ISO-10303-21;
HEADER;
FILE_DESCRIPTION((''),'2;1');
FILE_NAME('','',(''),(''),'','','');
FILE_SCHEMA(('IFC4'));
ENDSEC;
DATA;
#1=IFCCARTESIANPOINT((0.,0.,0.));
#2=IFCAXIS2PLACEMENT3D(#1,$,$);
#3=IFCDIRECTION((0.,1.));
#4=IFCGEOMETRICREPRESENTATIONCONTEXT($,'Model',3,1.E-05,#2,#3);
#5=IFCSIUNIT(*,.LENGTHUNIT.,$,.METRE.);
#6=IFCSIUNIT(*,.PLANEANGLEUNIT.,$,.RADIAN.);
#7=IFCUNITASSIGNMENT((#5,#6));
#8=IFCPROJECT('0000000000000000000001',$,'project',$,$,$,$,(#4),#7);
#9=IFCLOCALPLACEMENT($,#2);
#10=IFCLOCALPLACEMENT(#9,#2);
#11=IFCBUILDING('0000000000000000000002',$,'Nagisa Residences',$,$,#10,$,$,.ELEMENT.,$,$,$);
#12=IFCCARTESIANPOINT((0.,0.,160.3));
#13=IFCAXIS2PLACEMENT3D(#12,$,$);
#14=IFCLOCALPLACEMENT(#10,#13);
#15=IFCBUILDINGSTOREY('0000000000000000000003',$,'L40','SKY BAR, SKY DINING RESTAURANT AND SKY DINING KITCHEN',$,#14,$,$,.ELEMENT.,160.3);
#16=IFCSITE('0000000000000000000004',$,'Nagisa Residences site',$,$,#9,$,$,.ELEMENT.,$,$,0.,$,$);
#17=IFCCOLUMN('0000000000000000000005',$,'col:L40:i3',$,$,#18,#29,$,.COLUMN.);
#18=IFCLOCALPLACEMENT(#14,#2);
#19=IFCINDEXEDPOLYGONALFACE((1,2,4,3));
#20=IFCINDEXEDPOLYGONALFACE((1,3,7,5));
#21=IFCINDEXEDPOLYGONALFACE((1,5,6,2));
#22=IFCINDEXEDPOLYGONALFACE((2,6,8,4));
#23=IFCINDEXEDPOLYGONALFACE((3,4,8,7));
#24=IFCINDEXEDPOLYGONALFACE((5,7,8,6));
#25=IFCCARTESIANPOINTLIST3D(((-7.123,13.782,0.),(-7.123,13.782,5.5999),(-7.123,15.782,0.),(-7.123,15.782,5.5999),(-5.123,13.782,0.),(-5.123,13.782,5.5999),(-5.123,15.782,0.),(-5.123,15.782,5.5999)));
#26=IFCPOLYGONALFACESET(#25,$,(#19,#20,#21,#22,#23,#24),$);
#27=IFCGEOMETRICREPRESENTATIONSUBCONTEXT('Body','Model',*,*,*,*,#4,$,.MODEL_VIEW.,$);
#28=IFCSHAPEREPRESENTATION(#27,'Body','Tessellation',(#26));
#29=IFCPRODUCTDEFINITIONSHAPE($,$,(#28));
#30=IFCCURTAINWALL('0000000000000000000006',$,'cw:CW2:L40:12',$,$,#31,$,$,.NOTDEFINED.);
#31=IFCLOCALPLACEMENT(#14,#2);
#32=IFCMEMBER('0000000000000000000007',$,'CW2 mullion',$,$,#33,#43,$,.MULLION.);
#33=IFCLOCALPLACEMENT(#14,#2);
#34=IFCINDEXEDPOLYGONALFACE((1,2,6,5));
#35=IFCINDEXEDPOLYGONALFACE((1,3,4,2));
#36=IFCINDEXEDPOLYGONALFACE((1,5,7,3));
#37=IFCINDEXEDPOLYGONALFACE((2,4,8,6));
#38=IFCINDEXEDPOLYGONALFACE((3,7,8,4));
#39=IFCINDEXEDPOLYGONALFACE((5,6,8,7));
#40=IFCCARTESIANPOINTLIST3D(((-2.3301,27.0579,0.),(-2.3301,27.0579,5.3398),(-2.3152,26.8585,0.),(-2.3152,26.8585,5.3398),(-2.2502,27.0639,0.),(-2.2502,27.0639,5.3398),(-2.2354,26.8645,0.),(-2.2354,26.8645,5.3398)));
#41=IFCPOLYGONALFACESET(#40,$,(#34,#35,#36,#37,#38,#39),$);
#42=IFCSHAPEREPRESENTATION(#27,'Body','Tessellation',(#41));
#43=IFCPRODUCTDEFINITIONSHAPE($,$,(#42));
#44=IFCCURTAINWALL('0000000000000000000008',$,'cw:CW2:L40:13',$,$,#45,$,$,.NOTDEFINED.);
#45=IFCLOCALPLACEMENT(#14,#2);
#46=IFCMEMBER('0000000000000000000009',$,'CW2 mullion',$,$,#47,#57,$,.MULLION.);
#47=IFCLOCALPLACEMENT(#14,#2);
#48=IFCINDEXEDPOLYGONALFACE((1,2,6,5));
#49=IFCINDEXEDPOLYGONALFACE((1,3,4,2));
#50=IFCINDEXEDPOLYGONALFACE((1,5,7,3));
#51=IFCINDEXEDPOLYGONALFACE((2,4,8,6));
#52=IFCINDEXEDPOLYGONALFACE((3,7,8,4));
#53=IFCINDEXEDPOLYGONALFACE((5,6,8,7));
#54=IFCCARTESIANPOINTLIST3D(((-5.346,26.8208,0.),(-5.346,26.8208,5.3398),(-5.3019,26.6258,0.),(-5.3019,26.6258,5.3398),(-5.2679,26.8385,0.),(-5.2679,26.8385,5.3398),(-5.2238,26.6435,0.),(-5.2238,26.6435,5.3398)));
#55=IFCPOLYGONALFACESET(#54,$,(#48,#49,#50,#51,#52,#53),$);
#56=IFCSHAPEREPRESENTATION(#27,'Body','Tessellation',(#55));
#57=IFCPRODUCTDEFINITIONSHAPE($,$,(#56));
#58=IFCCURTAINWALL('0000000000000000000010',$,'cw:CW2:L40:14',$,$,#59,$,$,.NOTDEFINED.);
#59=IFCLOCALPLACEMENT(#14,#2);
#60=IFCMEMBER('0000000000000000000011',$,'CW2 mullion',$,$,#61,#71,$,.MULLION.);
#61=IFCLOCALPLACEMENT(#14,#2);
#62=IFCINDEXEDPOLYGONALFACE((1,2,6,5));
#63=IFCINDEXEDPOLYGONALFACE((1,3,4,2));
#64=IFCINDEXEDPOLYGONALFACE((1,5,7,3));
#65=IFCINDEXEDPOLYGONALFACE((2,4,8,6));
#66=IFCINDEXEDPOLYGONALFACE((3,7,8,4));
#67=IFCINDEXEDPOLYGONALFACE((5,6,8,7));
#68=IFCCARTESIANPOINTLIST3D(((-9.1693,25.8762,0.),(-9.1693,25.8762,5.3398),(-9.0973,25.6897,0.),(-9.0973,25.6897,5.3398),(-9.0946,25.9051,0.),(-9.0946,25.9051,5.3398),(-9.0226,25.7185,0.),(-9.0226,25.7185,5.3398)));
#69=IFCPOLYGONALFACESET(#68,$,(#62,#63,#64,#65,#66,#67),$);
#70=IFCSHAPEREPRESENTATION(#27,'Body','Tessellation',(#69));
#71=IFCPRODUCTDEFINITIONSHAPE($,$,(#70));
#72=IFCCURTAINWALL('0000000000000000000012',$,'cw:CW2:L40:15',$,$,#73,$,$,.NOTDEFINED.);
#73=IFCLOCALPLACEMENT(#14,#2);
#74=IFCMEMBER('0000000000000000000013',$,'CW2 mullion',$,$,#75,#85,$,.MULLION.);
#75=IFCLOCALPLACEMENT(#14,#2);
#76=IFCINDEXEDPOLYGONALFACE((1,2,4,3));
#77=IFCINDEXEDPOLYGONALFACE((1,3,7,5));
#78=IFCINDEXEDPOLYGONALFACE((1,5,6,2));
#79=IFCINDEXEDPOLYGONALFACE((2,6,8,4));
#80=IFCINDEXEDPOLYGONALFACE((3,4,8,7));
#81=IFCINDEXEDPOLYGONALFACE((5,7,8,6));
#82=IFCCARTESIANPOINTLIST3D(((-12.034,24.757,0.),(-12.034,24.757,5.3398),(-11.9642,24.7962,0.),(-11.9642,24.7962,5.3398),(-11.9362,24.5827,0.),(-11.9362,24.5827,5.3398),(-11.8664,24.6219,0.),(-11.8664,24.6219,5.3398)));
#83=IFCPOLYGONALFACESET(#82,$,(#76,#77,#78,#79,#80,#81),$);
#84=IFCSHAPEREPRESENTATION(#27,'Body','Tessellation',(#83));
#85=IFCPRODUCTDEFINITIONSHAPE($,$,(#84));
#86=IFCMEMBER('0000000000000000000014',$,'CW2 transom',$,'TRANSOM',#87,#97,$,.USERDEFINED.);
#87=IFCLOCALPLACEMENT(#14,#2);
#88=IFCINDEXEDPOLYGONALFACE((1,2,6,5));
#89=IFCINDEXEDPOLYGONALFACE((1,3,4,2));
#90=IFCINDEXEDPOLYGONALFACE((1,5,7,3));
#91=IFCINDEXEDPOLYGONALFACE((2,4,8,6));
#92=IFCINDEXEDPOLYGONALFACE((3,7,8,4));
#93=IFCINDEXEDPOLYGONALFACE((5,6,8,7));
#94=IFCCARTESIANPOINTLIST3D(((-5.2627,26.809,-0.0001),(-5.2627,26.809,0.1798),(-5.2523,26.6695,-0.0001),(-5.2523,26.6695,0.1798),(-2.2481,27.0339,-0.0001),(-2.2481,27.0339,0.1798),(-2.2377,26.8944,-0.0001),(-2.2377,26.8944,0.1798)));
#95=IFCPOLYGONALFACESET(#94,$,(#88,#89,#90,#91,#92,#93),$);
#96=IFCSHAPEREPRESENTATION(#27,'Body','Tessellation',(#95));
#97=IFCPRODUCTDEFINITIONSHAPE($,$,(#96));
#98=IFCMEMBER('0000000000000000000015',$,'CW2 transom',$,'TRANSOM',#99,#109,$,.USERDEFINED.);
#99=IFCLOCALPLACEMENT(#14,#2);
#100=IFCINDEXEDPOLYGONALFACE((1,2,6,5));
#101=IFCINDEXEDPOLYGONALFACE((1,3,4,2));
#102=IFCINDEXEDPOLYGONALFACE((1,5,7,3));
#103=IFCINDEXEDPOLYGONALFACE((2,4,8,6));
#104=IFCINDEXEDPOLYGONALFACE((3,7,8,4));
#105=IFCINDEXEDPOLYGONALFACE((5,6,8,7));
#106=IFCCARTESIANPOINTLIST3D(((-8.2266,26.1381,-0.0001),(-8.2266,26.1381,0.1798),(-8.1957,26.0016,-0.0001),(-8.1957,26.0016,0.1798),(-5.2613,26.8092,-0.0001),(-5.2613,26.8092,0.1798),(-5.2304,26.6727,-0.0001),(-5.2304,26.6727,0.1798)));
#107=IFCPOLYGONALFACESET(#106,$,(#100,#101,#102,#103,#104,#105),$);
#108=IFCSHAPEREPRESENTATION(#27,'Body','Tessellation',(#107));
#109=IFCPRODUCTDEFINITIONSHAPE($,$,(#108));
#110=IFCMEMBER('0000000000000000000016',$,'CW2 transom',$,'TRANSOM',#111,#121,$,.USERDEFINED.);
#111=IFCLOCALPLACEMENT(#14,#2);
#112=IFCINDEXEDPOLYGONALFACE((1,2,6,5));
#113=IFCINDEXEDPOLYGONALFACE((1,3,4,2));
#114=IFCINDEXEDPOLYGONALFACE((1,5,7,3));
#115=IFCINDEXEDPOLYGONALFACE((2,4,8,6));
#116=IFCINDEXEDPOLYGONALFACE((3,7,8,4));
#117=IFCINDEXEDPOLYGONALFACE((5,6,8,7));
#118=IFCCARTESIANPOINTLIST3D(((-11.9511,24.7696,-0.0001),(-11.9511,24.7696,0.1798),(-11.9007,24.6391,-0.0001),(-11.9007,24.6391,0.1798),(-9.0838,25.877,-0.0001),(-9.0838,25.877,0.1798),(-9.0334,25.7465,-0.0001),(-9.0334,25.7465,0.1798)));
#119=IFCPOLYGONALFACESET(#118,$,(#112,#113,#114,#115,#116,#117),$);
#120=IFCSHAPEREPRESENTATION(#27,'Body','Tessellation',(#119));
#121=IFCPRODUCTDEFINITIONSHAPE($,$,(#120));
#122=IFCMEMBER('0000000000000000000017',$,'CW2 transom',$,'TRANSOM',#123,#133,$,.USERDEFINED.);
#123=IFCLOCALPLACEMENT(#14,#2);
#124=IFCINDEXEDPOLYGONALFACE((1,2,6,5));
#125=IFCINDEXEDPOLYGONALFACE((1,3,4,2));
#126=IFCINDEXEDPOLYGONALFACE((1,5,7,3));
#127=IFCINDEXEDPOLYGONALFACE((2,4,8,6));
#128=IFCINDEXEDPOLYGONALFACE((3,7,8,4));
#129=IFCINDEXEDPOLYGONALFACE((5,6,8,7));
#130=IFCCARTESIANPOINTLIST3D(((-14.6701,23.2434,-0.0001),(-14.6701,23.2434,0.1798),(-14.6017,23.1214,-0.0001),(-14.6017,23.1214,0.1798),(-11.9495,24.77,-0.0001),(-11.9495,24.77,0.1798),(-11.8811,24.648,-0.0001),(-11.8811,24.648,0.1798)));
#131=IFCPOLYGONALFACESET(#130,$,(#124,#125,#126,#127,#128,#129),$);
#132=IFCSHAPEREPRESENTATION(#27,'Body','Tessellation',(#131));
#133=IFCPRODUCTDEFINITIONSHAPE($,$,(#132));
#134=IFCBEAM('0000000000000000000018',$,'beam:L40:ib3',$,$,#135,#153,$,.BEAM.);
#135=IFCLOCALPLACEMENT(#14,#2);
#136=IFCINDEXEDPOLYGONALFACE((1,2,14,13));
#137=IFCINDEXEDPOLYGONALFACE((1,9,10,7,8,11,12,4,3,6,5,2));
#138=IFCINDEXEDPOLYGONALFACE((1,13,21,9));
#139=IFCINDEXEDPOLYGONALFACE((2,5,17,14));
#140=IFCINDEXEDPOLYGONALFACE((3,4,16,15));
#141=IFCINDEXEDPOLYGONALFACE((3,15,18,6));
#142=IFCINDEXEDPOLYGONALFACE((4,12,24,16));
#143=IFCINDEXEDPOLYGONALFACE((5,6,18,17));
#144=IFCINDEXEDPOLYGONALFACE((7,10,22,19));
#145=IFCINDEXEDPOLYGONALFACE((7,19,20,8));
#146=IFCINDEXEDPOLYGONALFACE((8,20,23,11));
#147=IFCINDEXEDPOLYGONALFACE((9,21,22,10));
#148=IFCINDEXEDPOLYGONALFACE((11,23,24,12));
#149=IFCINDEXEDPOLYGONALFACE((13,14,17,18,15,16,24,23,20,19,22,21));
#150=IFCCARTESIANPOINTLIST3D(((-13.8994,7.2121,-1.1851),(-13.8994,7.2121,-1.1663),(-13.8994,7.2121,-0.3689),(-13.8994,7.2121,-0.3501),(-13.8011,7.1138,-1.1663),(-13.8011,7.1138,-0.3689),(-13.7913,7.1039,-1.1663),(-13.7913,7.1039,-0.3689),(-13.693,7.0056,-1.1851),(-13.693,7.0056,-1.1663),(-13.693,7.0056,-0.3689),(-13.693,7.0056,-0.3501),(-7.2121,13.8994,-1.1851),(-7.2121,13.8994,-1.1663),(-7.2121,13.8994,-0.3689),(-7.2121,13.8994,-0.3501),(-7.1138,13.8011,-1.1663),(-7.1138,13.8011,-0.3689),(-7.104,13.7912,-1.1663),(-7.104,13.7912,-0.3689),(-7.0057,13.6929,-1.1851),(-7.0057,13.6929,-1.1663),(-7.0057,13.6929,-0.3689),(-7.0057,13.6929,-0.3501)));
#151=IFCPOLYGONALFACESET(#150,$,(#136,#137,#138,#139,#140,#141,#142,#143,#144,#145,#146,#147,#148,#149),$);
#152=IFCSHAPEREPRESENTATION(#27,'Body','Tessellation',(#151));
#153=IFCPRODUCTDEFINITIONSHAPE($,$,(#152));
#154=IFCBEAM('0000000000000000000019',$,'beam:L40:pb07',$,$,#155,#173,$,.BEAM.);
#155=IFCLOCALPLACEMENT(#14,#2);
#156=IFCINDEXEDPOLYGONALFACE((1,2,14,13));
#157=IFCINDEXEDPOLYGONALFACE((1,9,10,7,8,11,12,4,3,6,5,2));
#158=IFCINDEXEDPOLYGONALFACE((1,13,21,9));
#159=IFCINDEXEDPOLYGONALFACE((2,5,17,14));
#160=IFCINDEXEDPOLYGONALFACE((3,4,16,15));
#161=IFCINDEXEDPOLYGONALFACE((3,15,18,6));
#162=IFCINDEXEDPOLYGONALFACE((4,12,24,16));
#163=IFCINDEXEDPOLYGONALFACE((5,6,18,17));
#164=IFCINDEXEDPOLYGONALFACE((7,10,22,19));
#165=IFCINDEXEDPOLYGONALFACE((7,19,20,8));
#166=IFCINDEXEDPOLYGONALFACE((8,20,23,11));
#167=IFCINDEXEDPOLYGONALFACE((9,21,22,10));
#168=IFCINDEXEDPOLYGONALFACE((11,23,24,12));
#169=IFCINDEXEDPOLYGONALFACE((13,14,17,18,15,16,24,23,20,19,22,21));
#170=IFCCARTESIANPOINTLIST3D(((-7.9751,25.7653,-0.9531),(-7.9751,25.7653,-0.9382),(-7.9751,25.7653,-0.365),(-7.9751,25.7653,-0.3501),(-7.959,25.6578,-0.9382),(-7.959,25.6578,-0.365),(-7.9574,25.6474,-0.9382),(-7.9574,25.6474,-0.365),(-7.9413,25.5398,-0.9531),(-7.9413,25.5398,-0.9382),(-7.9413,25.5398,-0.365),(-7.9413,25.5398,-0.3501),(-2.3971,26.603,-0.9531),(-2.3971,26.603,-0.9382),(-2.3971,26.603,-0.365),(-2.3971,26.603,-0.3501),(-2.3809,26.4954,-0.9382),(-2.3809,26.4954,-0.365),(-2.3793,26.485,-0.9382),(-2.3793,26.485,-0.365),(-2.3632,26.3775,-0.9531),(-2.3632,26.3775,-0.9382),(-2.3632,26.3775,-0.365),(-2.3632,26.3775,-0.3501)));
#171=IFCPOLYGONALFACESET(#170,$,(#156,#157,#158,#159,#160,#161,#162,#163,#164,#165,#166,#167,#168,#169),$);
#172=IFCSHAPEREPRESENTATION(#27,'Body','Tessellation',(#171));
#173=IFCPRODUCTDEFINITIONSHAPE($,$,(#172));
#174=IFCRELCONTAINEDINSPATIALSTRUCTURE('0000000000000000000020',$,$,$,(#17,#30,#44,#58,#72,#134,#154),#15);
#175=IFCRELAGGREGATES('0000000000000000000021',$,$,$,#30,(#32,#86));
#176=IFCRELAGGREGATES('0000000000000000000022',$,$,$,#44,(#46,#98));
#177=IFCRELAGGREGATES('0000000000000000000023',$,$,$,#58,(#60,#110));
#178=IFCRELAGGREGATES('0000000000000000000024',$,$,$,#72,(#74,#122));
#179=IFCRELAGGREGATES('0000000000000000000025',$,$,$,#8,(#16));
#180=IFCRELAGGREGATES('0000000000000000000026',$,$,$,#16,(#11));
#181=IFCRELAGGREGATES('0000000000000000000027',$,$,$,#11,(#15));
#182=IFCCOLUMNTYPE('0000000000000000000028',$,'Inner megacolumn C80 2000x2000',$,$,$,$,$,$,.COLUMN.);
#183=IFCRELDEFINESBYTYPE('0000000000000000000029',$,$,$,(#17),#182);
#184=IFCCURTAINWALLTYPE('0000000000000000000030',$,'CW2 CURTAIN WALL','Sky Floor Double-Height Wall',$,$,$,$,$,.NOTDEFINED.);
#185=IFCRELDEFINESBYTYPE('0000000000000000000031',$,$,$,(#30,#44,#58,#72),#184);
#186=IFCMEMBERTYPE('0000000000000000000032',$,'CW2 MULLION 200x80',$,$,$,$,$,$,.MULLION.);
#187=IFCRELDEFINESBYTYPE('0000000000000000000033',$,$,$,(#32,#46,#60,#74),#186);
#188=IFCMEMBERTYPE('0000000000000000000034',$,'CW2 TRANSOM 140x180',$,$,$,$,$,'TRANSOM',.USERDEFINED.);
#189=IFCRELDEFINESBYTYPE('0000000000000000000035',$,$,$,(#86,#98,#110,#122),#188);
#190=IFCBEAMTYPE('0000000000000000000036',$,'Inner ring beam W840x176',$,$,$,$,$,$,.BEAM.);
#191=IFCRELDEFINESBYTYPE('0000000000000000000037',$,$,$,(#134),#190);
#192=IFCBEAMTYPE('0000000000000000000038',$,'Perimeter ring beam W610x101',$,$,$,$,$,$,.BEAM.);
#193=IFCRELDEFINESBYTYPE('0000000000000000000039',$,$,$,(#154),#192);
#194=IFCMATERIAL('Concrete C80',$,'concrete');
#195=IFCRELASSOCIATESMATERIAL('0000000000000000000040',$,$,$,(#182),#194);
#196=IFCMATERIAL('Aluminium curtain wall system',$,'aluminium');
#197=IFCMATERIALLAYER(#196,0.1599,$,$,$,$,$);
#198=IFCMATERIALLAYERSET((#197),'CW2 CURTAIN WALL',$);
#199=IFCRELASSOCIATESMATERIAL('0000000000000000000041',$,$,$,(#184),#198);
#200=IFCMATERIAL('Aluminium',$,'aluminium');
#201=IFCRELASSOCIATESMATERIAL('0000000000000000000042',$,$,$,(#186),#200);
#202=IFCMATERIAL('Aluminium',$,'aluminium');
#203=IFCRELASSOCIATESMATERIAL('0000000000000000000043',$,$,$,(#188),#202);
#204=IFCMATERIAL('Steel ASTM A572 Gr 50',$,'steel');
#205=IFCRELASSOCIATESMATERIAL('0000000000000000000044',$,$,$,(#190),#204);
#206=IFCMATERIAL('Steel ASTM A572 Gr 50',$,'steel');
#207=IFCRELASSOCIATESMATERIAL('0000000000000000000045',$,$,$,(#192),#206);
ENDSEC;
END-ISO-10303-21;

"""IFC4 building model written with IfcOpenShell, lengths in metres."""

from ifc_helpers import new_model, si_unit, direction, frame, origin, origin_2d, place, context, subcontext, project, spatial, rectangle, i_section, extrude, material, layer, layer_set, material_profile, profile_set, type_object, element, aggregate, save


model = new_model("IFC4")

# Units and contexts
model_context = context("Model", 3, precision=1e-05, world=origin(), true_north=direction((0.0, 1.0)))
body_context = subcontext(model_context, "Body", "Model", "MODEL_VIEW")
ifc_project = project(units=[si_unit("LENGTHUNIT", "METRE"), si_unit("PLANEANGLEUNIT", "RADIAN")], contexts=[model_context])

# Site, building, storey
site_placement = place(None, origin())
site = spatial("IfcSite", under=ifc_project, at=site_placement, Name="Nagisa Residences site", CompositionType="ELEMENT", RefElevation=0.0)
building_placement = place(site_placement, origin())
building = spatial("IfcBuilding", under=site, at=building_placement, Name="Nagisa Residences", CompositionType="ELEMENT")
storey_placement = place(building_placement, frame((0.0, 0.0, 160.3)))
storey = spatial("IfcBuildingStorey", under=building, at=storey_placement, Name="L40", Description="SKY BAR, SKY DINING RESTAURANT AND SKY DINING KITCHEN", CompositionType="ELEMENT", Elevation=160.3)

# Column
ifc_material_1 = material(Name="Concrete C80", Category="concrete")
ifc_material_profile_1 = material_profile(ifc_material_1, rectangle(XDim=2.0, YDim=2.0, at=origin_2d()), Name="C80 2000x2000")
ifc_profile_set_1 = profile_set([ifc_material_profile_1], Name="Concrete C80")
column_type = type_object("IfcColumnType", Name="Inner megacolumn C80 2000x2000", PredefinedType="COLUMN", material=ifc_profile_set_1)
column_placement = place(storey_placement, frame((-6.123, 14.782, 0.0), z_axis=(0.0, 0.0, 1.0), x_axis=(1.0, 0.0, 0.0)))
element("IfcColumn", 1, at=column_placement, inside=storey, type_object=column_type, Name="col:L40:i3", PredefinedType="COLUMN", context=body_context, shape_type="SweptSolid", body=[
    extrude(rectangle(XDim=2.0, YDim=2.0, at=origin_2d()), origin(), (0.0, 0.0, 1.0), 5.5999),
])

# Curtain walls, members
ifc_material_2 = material(Name="Aluminium curtain wall system", Category="aluminium")
ifc_layer_1 = layer(ifc_material_2, 0.1599)
ifc_layer_set_1 = layer_set([ifc_layer_1], Name="CW2 CURTAIN WALL")
curtain_wall_type = type_object("IfcCurtainWallType", Name="CW2 CURTAIN WALL", Description="Sky Floor Double-Height Wall", PredefinedType="NOTDEFINED", material=ifc_layer_set_1)
curtain_wall_1_placement = place(storey_placement, origin())
curtain_wall_1 = element("IfcCurtainWall", 2, at=curtain_wall_1_placement, inside=storey, type_object=curtain_wall_type, Name="cw:CW2:L40:12", PredefinedType="NOTDEFINED")
ifc_material_3 = material(Name="Aluminium", Category="aluminium")
ifc_material_profile_2 = material_profile(ifc_material_3, rectangle(XDim=0.2, YDim=0.0801, at=origin_2d()), Name="CW2 MULLION 200x80")
ifc_profile_set_2 = profile_set([ifc_material_profile_2], Name="Aluminium")
member_type_1 = type_object("IfcMemberType", Name="CW2 MULLION 200x80", PredefinedType="MULLION", material=ifc_profile_set_2)
member_1_placement = place(storey_placement, frame((-2.2827, 26.9612, 0.0), z_axis=(0.0, 0.0, 1.0), x_axis=(0.074377, -0.99723, 0.0)))
member_1 = element("IfcMember", 3, at=member_1_placement, type_object=member_type_1, Name="CW2 mullion", PredefinedType="MULLION", context=body_context, shape_type="SweptSolid", body=[
    extrude(rectangle(XDim=0.2, YDim=0.0801, at=origin_2d()), origin(), (0.0, 0.0, 1.0), 5.3398),
])
curtain_wall_2_placement = place(storey_placement, origin())
curtain_wall_2 = element("IfcCurtainWall", 4, at=curtain_wall_2_placement, inside=storey, type_object=curtain_wall_type, Name="cw:CW2:L40:13", PredefinedType="NOTDEFINED")
member_2_placement = place(storey_placement, frame((-5.2849, 26.7322, 0.0), z_axis=(0.0, 0.0, 1.0), x_axis=(0.220764, -0.975327, 0.0)))
member_2 = element("IfcMember", 5, at=member_2_placement, type_object=member_type_1, Name="CW2 mullion", PredefinedType="MULLION", context=body_context, shape_type="SweptSolid", body=[
    extrude(rectangle(XDim=0.2, YDim=0.0801, at=origin_2d()), origin(), (0.0, 0.0, 1.0), 5.3398),
])
curtain_wall_3_placement = place(storey_placement, origin())
curtain_wall_3 = element("IfcCurtainWall", 6, at=curtain_wall_3_placement, inside=storey, type_object=curtain_wall_type, Name="cw:CW2:L40:14", PredefinedType="NOTDEFINED")
member_3_placement = place(storey_placement, frame((-9.0959, 25.7974, 0.0), z_axis=(0.0, 0.0, 1.0), x_axis=(0.360328, -0.932826, 0.0)))
member_3 = element("IfcMember", 7, at=member_3_placement, type_object=member_type_1, Name="CW2 mullion", PredefinedType="MULLION", context=body_context, shape_type="SweptSolid", body=[
    extrude(rectangle(XDim=0.2, YDim=0.0801, at=origin_2d()), origin(), (0.0, 0.0, 1.0), 5.3398),
])
curtain_wall_4_placement = place(storey_placement, origin())
curtain_wall_4 = element("IfcCurtainWall", 8, at=curtain_wall_4_placement, inside=storey, type_object=curtain_wall_type, Name="cw:CW2:L40:15", PredefinedType="NOTDEFINED")
member_4_placement = place(storey_placement, frame((-11.9502, 24.6895, 0.0), z_axis=(0.0, 0.0, 1.0), x_axis=(0.489377, -0.872072, 0.0)))
member_4 = element("IfcMember", 9, at=member_4_placement, type_object=member_type_1, Name="CW2 mullion", PredefinedType="MULLION", context=body_context, shape_type="SweptSolid", body=[
    extrude(rectangle(XDim=0.2, YDim=0.0801, at=origin_2d()), origin(), (0.0, 0.0, 1.0), 5.3398),
])

# Members
ifc_material_4 = material(Name="Aluminium", Category="aluminium")
ifc_material_profile_3 = material_profile(ifc_material_4, rectangle(XDim=0.1399, YDim=0.1799, at=origin_2d()), Name="CW2 TRANSOM 140x180")
ifc_profile_set_3 = profile_set([ifc_material_profile_3], Name="Aluminium")
member_type_2 = type_object("IfcMemberType", Name="CW2 TRANSOM 140x180", ElementType="TRANSOM", PredefinedType="USERDEFINED", material=ifc_profile_set_3)
member_5_placement = place(storey_placement, frame((-2.2429, 26.9641, 0.0898), z_axis=(-0.99723, -0.07438, 0.0), x_axis=(0.07438, -0.99723, 0.0)))
member_5 = element("IfcMember", 10, at=member_5_placement, type_object=member_type_2, Name="CW2 transom", ObjectType="TRANSOM", PredefinedType="USERDEFINED", context=body_context, shape_type="SweptSolid", body=[
    extrude(rectangle(XDim=0.1399, YDim=0.1799, at=origin_2d()), origin(), (0.0, 0.0, 1.0), 3.0229),
])
aggregate(curtain_wall_1, [member_1, member_5])
member_6_placement = place(storey_placement, frame((-5.2458, 26.741, 0.0898), z_axis=(-0.975331, -0.220746, 0.0), x_axis=(0.220746, -0.975331, 0.0)))
member_6 = element("IfcMember", 11, at=member_6_placement, type_object=member_type_2, Name="CW2 transom", ObjectType="TRANSOM", PredefinedType="USERDEFINED", context=body_context, shape_type="SweptSolid", body=[
    extrude(rectangle(XDim=0.1399, YDim=0.1799, at=origin_2d()), origin(), (0.0, 0.0, 1.0), 3.0403),
])
aggregate(curtain_wall_2, [member_2, member_6])
member_7_placement = place(storey_placement, frame((-9.0586, 25.8118, 0.0898), z_axis=(-0.932837, -0.360299, 0.0), x_axis=(0.360299, -0.932837, 0.0)))
member_7 = element("IfcMember", 12, at=member_7_placement, type_object=member_type_2, Name="CW2 transom", ObjectType="TRANSOM", PredefinedType="USERDEFINED", context=body_context, shape_type="SweptSolid", body=[
    extrude(rectangle(XDim=0.1399, YDim=0.1799, at=origin_2d()), origin(), (0.0, 0.0, 1.0), 3.0737),
])
aggregate(curtain_wall_3, [member_3, member_7])
member_8_placement = place(storey_placement, frame((-11.9153, 24.709, 0.0898), z_axis=(-0.872093, -0.48934, 0.0), x_axis=(0.48934, -0.872093, 0.0)))
member_8 = element("IfcMember", 13, at=member_8_placement, type_object=member_type_2, Name="CW2 transom", ObjectType="TRANSOM", PredefinedType="USERDEFINED", context=body_context, shape_type="SweptSolid", body=[
    extrude(rectangle(XDim=0.1399, YDim=0.1799, at=origin_2d()), origin(), (0.0, 0.0, 1.0), 3.1196),
])
aggregate(curtain_wall_4, [member_4, member_8])

# Beams
ifc_material_5 = material(Name="Steel ASTM A572 Gr 50", Category="steel")
ifc_material_profile_4 = material_profile(ifc_material_5, i_section(OverallWidth=0.292, OverallDepth=0.835, WebThickness=0.0139, FlangeThickness=0.0188, at=origin_2d()), Name="W840x176")
ifc_profile_set_4 = profile_set([ifc_material_profile_4], Name="Steel ASTM A572 Gr 50")
beam_type_1 = type_object("IfcBeamType", Name="Inner ring beam W840x176", PredefinedType="BEAM", material=ifc_profile_set_4)
beam_1_placement = place(storey_placement, frame((-7.1089, 13.7961, -0.7676), z_axis=(-0.707107, -0.707107, 0.0), x_axis=(0.707107, -0.707107, 0.0)))
element("IfcBeam", 14, at=beam_1_placement, inside=storey, type_object=beam_type_1, Name="beam:L40:ib3", PredefinedType="BEAM", context=body_context, shape_type="SweptSolid", body=[
    extrude(i_section(OverallWidth=0.292, OverallDepth=0.835, WebThickness=0.0139, FlangeThickness=0.0188, at=origin_2d()), origin(), (0.0, 0.0, 1.0), 9.4573),
])
ifc_material_6 = material(Name="Steel ASTM A572 Gr 50", Category="steel")
ifc_material_profile_5 = material_profile(ifc_material_6, i_section(OverallWidth=0.228, OverallDepth=0.603, WebThickness=0.0105, FlangeThickness=0.0149, at=origin_2d()), Name="W610x101")
ifc_profile_set_5 = profile_set([ifc_material_profile_5], Name="Steel ASTM A572 Gr 50")
beam_type_2 = type_object("IfcBeamType", Name="Perimeter ring beam W610x101", PredefinedType="BEAM", material=ifc_profile_set_5)
beam_2_placement = place(storey_placement, frame((-2.3801, 26.4902, -0.6516), z_axis=(-0.988912, -0.148501, 0.0), x_axis=(0.148501, -0.988912, 0.0)))
element("IfcBeam", 15, at=beam_2_placement, inside=storey, type_object=beam_type_2, Name="beam:L40:pb07", PredefinedType="BEAM", context=body_context, shape_type="SweptSolid", body=[
    extrude(i_section(OverallWidth=0.228, OverallDepth=0.603, WebThickness=0.0105, FlangeThickness=0.0149, at=origin_2d()), origin(), (0.0, 0.0, 1.0), 5.6406),
])

save(model, "model.ifc")
